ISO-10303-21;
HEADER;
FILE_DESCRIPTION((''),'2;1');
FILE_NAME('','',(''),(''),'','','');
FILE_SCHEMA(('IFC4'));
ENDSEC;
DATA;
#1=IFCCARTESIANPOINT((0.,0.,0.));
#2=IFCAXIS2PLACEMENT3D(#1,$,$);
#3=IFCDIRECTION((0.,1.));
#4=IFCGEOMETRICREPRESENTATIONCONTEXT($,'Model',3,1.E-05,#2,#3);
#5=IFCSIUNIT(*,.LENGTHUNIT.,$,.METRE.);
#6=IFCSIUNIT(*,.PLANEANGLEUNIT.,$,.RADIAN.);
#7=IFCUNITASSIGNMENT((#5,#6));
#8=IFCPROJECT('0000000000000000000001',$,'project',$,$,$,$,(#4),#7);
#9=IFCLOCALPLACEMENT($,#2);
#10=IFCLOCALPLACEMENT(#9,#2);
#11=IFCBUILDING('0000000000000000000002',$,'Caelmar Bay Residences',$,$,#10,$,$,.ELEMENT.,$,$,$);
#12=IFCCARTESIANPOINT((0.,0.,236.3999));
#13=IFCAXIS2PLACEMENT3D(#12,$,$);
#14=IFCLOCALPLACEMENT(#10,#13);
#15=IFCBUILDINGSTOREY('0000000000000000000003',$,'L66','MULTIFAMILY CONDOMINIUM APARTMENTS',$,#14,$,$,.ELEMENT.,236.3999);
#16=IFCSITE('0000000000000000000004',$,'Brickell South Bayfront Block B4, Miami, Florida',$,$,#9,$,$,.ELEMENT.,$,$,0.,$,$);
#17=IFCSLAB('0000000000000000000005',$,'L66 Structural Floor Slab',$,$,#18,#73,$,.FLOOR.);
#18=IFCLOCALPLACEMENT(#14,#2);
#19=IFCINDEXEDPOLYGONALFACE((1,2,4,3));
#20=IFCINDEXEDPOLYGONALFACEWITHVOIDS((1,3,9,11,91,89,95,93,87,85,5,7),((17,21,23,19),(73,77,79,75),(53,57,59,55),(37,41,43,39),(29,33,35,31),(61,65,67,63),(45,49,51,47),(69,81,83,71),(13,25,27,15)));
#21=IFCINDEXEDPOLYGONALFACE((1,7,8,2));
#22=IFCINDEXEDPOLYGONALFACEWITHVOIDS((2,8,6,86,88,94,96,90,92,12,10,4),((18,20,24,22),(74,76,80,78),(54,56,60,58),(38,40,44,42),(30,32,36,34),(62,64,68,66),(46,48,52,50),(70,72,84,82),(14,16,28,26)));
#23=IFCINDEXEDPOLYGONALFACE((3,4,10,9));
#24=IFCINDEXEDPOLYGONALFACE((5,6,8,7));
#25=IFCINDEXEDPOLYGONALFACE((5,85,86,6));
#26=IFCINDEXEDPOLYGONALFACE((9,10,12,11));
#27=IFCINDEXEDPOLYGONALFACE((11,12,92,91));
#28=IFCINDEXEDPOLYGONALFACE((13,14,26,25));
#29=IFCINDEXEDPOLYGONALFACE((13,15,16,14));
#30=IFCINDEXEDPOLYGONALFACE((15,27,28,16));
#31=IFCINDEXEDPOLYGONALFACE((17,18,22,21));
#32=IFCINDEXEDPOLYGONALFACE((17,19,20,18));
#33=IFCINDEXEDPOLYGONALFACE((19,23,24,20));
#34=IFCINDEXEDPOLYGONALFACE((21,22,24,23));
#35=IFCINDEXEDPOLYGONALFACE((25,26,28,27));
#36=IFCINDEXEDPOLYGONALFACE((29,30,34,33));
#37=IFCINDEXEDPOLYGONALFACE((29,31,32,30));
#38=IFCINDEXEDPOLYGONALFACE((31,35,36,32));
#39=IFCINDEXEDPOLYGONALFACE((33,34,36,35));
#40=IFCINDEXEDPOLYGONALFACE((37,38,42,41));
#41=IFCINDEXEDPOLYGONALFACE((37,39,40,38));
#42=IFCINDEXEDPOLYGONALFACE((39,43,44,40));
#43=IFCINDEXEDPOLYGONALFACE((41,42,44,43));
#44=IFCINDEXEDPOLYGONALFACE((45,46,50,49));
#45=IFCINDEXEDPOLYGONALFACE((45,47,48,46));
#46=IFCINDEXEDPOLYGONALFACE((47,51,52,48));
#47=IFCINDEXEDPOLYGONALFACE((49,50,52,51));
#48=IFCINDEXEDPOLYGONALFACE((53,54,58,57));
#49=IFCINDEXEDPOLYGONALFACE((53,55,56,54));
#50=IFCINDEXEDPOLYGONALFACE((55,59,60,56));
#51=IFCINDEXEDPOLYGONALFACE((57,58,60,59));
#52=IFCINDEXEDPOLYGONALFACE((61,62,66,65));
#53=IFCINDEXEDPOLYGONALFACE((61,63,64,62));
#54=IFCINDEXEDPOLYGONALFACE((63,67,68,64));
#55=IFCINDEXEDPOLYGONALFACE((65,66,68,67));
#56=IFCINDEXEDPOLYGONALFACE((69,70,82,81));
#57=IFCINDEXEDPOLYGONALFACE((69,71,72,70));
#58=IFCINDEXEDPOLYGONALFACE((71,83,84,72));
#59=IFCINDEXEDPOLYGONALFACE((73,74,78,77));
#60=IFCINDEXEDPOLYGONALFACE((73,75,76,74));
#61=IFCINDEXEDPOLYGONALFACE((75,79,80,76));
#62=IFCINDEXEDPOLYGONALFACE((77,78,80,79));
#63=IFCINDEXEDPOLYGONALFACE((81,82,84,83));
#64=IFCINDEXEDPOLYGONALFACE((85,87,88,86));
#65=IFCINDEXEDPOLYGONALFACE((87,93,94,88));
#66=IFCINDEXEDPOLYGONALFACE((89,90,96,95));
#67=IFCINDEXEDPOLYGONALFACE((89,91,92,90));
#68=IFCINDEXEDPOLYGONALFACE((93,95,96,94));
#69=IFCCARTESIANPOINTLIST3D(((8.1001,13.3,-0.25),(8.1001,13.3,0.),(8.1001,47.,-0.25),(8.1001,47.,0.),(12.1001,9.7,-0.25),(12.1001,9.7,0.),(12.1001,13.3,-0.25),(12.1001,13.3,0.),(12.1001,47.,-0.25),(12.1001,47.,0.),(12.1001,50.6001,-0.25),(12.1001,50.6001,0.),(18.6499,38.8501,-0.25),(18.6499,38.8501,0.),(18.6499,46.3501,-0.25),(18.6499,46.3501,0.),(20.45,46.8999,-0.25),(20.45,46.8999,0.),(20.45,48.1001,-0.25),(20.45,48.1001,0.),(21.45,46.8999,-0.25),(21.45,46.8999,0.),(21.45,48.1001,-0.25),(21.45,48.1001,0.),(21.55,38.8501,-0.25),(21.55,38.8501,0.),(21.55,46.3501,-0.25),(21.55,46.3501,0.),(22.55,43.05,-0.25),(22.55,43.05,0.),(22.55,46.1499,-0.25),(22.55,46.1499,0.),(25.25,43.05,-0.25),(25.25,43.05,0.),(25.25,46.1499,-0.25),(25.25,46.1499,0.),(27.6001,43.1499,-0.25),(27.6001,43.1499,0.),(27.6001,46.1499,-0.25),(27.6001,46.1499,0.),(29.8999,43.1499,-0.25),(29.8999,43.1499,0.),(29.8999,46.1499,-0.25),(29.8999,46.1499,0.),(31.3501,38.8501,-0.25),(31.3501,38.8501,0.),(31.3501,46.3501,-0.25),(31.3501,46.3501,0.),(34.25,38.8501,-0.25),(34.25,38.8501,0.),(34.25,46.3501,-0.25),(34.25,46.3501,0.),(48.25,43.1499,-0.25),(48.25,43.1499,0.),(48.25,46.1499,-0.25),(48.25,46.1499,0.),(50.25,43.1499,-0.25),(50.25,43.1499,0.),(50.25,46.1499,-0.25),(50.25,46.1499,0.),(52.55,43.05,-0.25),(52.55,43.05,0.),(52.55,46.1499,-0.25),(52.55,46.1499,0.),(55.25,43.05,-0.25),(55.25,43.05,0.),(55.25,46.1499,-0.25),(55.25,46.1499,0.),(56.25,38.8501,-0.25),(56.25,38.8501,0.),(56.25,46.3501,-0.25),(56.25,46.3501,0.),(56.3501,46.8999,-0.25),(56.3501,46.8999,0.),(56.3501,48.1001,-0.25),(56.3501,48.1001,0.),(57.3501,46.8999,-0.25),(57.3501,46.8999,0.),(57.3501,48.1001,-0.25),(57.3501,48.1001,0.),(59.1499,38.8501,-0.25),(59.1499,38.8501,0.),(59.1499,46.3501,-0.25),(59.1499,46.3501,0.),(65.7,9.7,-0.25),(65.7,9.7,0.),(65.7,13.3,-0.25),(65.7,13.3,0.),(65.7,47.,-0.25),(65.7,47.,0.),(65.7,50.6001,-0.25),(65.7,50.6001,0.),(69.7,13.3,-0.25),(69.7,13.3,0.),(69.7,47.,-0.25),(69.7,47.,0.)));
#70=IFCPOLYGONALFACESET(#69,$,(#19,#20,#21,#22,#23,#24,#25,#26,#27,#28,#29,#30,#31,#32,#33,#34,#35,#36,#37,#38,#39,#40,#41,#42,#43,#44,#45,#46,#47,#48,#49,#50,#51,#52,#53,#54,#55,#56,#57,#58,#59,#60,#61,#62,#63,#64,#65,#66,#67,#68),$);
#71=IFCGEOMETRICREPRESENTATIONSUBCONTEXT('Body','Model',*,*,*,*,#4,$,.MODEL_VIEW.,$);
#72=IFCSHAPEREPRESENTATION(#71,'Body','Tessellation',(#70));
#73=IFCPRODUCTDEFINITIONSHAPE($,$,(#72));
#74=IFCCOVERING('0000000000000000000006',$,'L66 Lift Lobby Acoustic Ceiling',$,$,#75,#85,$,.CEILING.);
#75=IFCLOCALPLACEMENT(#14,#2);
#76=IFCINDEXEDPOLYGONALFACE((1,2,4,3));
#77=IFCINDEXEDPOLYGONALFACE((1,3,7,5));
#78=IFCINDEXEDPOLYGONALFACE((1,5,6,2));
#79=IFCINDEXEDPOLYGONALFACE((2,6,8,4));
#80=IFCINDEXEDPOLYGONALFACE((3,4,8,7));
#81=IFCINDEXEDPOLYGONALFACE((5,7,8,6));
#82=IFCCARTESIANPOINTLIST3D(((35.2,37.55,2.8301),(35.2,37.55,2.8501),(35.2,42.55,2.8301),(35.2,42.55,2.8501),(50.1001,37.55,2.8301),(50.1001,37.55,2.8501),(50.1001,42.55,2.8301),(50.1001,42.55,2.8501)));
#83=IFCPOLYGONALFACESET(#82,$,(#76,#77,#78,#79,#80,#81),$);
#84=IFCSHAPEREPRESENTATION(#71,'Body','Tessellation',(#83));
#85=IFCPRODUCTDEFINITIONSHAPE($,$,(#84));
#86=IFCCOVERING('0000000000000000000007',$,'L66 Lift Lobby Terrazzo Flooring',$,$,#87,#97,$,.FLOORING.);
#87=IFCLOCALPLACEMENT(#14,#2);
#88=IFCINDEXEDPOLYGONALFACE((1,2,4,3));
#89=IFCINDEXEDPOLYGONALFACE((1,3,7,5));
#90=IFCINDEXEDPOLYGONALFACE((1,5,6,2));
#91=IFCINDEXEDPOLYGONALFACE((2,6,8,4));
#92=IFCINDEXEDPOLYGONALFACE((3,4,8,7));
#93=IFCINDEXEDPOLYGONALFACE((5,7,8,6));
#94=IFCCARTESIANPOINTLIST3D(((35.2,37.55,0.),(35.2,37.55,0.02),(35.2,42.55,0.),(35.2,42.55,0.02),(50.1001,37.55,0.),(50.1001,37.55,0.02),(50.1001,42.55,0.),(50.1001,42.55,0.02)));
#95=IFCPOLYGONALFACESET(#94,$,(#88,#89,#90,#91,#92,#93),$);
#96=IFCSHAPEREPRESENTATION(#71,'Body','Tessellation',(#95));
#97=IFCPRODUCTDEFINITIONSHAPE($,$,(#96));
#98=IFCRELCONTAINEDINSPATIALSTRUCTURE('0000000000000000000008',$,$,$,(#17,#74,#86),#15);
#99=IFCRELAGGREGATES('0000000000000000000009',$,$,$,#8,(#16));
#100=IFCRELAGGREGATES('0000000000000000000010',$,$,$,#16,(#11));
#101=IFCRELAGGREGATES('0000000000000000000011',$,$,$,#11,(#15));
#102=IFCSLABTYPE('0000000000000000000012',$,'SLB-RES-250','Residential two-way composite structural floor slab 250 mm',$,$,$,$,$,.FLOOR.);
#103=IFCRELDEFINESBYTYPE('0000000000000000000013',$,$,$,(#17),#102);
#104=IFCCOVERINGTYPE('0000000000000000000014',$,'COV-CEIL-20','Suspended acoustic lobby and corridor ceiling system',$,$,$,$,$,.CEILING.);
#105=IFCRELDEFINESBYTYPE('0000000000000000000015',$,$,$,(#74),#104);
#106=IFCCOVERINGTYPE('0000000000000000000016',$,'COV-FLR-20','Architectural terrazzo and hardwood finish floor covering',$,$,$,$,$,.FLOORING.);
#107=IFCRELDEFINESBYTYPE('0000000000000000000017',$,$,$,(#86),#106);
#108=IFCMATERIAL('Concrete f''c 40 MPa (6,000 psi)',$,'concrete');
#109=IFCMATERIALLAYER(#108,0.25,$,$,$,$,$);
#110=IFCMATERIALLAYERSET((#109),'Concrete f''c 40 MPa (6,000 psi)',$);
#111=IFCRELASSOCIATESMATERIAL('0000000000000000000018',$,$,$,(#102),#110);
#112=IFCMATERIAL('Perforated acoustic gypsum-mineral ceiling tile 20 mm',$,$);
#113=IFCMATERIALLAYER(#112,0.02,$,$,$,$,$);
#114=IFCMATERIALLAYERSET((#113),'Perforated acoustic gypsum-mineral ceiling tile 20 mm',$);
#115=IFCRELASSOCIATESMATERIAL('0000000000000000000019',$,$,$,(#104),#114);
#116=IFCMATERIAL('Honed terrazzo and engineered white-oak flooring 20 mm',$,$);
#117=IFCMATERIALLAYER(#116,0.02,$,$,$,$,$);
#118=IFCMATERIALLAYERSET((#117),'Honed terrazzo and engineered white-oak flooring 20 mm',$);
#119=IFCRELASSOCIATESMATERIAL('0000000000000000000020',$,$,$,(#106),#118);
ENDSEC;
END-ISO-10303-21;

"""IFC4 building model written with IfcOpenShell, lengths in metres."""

from ifc_helpers import new_model, si_unit, direction, frame, origin, place, context, subcontext, project, spatial, polyline, outline, extrude, material, layer, layer_set, type_object, element, save


model = new_model("IFC4")

# Units and contexts
model_context = context("Model", 3, precision=1e-05, world=origin(), true_north=direction((0.0, 1.0)))
body_context = subcontext(model_context, "Body", "Model", "MODEL_VIEW")
ifc_project = project(units=[si_unit("LENGTHUNIT", "METRE"), si_unit("PLANEANGLEUNIT", "RADIAN")], contexts=[model_context])

# Site, building, storey
site_placement = place(None, origin())
site = spatial("IfcSite", under=ifc_project, at=site_placement, Name="Brickell South Bayfront Block B4, Miami, Florida", CompositionType="ELEMENT", RefElevation=0.0)
building_placement = place(site_placement, origin())
building = spatial("IfcBuilding", under=site, at=building_placement, Name="Caelmar Bay Residences", CompositionType="ELEMENT")
storey_placement = place(building_placement, frame((0.0, 0.0, 236.3999)))
storey = spatial("IfcBuildingStorey", under=building, at=storey_placement, Name="L66", Description="MULTIFAMILY CONDOMINIUM APARTMENTS", CompositionType="ELEMENT", Elevation=236.3999)

# Shared definitions
ifc_material_1 = material(Name="Concrete f'c 40 MPa (6,000 psi)", Category="concrete")

# Slab
ifc_layer_1 = layer(ifc_material_1, 0.25)
ifc_layer_set_1 = layer_set([ifc_layer_1], Name="Concrete f'c 40 MPa (6,000 psi)")
slab_type_1 = type_object("IfcSlabType", Name="SLB-RES-250", Description="Residential two-way composite structural floor slab 250 mm", PredefinedType="FLOOR", material=ifc_layer_set_1)
slab_1_placement = place(storey_placement, frame((0.0, 0.0, -0.25)))
element("IfcSlab", 1, at=slab_1_placement, inside=storey, type_object=slab_type_1, Name="L66 Structural Floor Slab", PredefinedType="FLOOR", context=body_context, shape_type="SweptSolid", body=[
    extrude(outline(polyline([(12.1001, 9.7), (65.7, 9.7), (65.7, 13.3), (69.7, 13.3), (69.7, 47.0), (65.7, 47.0), (65.7, 50.6001), (12.1001, 50.6001), (12.1001, 47.0), (8.1001, 47.0), (8.1001, 13.3), (12.1001, 13.3), (12.1001, 9.7)]), holes=[polyline([(18.6499, 38.8501), (21.55, 38.8501), (21.55, 46.3501), (18.6499, 46.3501), (18.6499, 38.8501)]), polyline([(56.25, 38.8501), (59.1499, 38.8501), (59.1499, 46.3501), (56.25, 46.3501), (56.25, 38.8501)]), polyline([(31.3501, 38.8501), (34.25, 38.8501), (34.25, 46.3501), (31.3501, 46.3501), (31.3501, 38.8501)]), polyline([(22.55, 43.05), (25.25, 43.05), (25.25, 46.1499), (22.55, 46.1499), (22.55, 43.05)]), polyline([(52.55, 43.05), (55.25, 43.05), (55.25, 46.1499), (52.55, 46.1499), (52.55, 43.05)]), polyline([(48.25, 43.1499), (50.25, 43.1499), (50.25, 46.1499), (48.25, 46.1499), (48.25, 43.1499)]), polyline([(27.6001, 43.1499), (29.8999, 43.1499), (29.8999, 46.1499), (27.6001, 46.1499), (27.6001, 43.1499)]), polyline([(20.45, 46.8999), (21.45, 46.8999), (21.45, 48.1001), (20.45, 48.1001), (20.45, 46.8999)]), polyline([(56.3501, 46.8999), (57.3501, 46.8999), (57.3501, 48.1001), (56.3501, 48.1001), (56.3501, 46.8999)])]), origin(), (0.0, 0.0, 1.0), 0.25),
])

# Coverings
ifc_material_2 = material(Name="Perforated acoustic gypsum-mineral ceiling tile 20 mm")
ifc_layer_2 = layer(ifc_material_2, 0.02)
ifc_layer_set_2 = layer_set([ifc_layer_2], Name="Perforated acoustic gypsum-mineral ceiling tile 20 mm")
covering_type_1 = type_object("IfcCoveringType", Name="COV-CEIL-20", Description="Suspended acoustic lobby and corridor ceiling system", PredefinedType="CEILING", material=ifc_layer_set_2)
covering_1_placement = place(storey_placement, frame((0.0, 0.0, 2.8301)))
element("IfcCovering", 2, at=covering_1_placement, inside=storey, type_object=covering_type_1, Name="L66 Lift Lobby Acoustic Ceiling", PredefinedType="CEILING", context=body_context, shape_type="SweptSolid", body=[
    extrude(outline(polyline([(35.2, 37.55), (50.1001, 37.55), (50.1001, 42.55), (35.2, 42.55), (35.2, 37.55)])), origin(), (0.0, 0.0, 1.0), 0.02),
])
ifc_material_3 = material(Name="Honed terrazzo and engineered white-oak flooring 20 mm")
ifc_layer_3 = layer(ifc_material_3, 0.02)
ifc_layer_set_3 = layer_set([ifc_layer_3], Name="Honed terrazzo and engineered white-oak flooring 20 mm")
covering_type_2 = type_object("IfcCoveringType", Name="COV-FLR-20", Description="Architectural terrazzo and hardwood finish floor covering", PredefinedType="FLOORING", material=ifc_layer_set_3)
covering_2_placement = place(storey_placement, origin())
element("IfcCovering", 3, at=covering_2_placement, inside=storey, type_object=covering_type_2, Name="L66 Lift Lobby Terrazzo Flooring", PredefinedType="FLOORING", context=body_context, shape_type="SweptSolid", body=[
    extrude(outline(polyline([(35.2, 37.55), (50.1001, 37.55), (50.1001, 42.55), (35.2, 42.55), (35.2, 37.55)])), origin(), (0.0, 0.0, 1.0), 0.02),
])

save(model, "model.ifc")
